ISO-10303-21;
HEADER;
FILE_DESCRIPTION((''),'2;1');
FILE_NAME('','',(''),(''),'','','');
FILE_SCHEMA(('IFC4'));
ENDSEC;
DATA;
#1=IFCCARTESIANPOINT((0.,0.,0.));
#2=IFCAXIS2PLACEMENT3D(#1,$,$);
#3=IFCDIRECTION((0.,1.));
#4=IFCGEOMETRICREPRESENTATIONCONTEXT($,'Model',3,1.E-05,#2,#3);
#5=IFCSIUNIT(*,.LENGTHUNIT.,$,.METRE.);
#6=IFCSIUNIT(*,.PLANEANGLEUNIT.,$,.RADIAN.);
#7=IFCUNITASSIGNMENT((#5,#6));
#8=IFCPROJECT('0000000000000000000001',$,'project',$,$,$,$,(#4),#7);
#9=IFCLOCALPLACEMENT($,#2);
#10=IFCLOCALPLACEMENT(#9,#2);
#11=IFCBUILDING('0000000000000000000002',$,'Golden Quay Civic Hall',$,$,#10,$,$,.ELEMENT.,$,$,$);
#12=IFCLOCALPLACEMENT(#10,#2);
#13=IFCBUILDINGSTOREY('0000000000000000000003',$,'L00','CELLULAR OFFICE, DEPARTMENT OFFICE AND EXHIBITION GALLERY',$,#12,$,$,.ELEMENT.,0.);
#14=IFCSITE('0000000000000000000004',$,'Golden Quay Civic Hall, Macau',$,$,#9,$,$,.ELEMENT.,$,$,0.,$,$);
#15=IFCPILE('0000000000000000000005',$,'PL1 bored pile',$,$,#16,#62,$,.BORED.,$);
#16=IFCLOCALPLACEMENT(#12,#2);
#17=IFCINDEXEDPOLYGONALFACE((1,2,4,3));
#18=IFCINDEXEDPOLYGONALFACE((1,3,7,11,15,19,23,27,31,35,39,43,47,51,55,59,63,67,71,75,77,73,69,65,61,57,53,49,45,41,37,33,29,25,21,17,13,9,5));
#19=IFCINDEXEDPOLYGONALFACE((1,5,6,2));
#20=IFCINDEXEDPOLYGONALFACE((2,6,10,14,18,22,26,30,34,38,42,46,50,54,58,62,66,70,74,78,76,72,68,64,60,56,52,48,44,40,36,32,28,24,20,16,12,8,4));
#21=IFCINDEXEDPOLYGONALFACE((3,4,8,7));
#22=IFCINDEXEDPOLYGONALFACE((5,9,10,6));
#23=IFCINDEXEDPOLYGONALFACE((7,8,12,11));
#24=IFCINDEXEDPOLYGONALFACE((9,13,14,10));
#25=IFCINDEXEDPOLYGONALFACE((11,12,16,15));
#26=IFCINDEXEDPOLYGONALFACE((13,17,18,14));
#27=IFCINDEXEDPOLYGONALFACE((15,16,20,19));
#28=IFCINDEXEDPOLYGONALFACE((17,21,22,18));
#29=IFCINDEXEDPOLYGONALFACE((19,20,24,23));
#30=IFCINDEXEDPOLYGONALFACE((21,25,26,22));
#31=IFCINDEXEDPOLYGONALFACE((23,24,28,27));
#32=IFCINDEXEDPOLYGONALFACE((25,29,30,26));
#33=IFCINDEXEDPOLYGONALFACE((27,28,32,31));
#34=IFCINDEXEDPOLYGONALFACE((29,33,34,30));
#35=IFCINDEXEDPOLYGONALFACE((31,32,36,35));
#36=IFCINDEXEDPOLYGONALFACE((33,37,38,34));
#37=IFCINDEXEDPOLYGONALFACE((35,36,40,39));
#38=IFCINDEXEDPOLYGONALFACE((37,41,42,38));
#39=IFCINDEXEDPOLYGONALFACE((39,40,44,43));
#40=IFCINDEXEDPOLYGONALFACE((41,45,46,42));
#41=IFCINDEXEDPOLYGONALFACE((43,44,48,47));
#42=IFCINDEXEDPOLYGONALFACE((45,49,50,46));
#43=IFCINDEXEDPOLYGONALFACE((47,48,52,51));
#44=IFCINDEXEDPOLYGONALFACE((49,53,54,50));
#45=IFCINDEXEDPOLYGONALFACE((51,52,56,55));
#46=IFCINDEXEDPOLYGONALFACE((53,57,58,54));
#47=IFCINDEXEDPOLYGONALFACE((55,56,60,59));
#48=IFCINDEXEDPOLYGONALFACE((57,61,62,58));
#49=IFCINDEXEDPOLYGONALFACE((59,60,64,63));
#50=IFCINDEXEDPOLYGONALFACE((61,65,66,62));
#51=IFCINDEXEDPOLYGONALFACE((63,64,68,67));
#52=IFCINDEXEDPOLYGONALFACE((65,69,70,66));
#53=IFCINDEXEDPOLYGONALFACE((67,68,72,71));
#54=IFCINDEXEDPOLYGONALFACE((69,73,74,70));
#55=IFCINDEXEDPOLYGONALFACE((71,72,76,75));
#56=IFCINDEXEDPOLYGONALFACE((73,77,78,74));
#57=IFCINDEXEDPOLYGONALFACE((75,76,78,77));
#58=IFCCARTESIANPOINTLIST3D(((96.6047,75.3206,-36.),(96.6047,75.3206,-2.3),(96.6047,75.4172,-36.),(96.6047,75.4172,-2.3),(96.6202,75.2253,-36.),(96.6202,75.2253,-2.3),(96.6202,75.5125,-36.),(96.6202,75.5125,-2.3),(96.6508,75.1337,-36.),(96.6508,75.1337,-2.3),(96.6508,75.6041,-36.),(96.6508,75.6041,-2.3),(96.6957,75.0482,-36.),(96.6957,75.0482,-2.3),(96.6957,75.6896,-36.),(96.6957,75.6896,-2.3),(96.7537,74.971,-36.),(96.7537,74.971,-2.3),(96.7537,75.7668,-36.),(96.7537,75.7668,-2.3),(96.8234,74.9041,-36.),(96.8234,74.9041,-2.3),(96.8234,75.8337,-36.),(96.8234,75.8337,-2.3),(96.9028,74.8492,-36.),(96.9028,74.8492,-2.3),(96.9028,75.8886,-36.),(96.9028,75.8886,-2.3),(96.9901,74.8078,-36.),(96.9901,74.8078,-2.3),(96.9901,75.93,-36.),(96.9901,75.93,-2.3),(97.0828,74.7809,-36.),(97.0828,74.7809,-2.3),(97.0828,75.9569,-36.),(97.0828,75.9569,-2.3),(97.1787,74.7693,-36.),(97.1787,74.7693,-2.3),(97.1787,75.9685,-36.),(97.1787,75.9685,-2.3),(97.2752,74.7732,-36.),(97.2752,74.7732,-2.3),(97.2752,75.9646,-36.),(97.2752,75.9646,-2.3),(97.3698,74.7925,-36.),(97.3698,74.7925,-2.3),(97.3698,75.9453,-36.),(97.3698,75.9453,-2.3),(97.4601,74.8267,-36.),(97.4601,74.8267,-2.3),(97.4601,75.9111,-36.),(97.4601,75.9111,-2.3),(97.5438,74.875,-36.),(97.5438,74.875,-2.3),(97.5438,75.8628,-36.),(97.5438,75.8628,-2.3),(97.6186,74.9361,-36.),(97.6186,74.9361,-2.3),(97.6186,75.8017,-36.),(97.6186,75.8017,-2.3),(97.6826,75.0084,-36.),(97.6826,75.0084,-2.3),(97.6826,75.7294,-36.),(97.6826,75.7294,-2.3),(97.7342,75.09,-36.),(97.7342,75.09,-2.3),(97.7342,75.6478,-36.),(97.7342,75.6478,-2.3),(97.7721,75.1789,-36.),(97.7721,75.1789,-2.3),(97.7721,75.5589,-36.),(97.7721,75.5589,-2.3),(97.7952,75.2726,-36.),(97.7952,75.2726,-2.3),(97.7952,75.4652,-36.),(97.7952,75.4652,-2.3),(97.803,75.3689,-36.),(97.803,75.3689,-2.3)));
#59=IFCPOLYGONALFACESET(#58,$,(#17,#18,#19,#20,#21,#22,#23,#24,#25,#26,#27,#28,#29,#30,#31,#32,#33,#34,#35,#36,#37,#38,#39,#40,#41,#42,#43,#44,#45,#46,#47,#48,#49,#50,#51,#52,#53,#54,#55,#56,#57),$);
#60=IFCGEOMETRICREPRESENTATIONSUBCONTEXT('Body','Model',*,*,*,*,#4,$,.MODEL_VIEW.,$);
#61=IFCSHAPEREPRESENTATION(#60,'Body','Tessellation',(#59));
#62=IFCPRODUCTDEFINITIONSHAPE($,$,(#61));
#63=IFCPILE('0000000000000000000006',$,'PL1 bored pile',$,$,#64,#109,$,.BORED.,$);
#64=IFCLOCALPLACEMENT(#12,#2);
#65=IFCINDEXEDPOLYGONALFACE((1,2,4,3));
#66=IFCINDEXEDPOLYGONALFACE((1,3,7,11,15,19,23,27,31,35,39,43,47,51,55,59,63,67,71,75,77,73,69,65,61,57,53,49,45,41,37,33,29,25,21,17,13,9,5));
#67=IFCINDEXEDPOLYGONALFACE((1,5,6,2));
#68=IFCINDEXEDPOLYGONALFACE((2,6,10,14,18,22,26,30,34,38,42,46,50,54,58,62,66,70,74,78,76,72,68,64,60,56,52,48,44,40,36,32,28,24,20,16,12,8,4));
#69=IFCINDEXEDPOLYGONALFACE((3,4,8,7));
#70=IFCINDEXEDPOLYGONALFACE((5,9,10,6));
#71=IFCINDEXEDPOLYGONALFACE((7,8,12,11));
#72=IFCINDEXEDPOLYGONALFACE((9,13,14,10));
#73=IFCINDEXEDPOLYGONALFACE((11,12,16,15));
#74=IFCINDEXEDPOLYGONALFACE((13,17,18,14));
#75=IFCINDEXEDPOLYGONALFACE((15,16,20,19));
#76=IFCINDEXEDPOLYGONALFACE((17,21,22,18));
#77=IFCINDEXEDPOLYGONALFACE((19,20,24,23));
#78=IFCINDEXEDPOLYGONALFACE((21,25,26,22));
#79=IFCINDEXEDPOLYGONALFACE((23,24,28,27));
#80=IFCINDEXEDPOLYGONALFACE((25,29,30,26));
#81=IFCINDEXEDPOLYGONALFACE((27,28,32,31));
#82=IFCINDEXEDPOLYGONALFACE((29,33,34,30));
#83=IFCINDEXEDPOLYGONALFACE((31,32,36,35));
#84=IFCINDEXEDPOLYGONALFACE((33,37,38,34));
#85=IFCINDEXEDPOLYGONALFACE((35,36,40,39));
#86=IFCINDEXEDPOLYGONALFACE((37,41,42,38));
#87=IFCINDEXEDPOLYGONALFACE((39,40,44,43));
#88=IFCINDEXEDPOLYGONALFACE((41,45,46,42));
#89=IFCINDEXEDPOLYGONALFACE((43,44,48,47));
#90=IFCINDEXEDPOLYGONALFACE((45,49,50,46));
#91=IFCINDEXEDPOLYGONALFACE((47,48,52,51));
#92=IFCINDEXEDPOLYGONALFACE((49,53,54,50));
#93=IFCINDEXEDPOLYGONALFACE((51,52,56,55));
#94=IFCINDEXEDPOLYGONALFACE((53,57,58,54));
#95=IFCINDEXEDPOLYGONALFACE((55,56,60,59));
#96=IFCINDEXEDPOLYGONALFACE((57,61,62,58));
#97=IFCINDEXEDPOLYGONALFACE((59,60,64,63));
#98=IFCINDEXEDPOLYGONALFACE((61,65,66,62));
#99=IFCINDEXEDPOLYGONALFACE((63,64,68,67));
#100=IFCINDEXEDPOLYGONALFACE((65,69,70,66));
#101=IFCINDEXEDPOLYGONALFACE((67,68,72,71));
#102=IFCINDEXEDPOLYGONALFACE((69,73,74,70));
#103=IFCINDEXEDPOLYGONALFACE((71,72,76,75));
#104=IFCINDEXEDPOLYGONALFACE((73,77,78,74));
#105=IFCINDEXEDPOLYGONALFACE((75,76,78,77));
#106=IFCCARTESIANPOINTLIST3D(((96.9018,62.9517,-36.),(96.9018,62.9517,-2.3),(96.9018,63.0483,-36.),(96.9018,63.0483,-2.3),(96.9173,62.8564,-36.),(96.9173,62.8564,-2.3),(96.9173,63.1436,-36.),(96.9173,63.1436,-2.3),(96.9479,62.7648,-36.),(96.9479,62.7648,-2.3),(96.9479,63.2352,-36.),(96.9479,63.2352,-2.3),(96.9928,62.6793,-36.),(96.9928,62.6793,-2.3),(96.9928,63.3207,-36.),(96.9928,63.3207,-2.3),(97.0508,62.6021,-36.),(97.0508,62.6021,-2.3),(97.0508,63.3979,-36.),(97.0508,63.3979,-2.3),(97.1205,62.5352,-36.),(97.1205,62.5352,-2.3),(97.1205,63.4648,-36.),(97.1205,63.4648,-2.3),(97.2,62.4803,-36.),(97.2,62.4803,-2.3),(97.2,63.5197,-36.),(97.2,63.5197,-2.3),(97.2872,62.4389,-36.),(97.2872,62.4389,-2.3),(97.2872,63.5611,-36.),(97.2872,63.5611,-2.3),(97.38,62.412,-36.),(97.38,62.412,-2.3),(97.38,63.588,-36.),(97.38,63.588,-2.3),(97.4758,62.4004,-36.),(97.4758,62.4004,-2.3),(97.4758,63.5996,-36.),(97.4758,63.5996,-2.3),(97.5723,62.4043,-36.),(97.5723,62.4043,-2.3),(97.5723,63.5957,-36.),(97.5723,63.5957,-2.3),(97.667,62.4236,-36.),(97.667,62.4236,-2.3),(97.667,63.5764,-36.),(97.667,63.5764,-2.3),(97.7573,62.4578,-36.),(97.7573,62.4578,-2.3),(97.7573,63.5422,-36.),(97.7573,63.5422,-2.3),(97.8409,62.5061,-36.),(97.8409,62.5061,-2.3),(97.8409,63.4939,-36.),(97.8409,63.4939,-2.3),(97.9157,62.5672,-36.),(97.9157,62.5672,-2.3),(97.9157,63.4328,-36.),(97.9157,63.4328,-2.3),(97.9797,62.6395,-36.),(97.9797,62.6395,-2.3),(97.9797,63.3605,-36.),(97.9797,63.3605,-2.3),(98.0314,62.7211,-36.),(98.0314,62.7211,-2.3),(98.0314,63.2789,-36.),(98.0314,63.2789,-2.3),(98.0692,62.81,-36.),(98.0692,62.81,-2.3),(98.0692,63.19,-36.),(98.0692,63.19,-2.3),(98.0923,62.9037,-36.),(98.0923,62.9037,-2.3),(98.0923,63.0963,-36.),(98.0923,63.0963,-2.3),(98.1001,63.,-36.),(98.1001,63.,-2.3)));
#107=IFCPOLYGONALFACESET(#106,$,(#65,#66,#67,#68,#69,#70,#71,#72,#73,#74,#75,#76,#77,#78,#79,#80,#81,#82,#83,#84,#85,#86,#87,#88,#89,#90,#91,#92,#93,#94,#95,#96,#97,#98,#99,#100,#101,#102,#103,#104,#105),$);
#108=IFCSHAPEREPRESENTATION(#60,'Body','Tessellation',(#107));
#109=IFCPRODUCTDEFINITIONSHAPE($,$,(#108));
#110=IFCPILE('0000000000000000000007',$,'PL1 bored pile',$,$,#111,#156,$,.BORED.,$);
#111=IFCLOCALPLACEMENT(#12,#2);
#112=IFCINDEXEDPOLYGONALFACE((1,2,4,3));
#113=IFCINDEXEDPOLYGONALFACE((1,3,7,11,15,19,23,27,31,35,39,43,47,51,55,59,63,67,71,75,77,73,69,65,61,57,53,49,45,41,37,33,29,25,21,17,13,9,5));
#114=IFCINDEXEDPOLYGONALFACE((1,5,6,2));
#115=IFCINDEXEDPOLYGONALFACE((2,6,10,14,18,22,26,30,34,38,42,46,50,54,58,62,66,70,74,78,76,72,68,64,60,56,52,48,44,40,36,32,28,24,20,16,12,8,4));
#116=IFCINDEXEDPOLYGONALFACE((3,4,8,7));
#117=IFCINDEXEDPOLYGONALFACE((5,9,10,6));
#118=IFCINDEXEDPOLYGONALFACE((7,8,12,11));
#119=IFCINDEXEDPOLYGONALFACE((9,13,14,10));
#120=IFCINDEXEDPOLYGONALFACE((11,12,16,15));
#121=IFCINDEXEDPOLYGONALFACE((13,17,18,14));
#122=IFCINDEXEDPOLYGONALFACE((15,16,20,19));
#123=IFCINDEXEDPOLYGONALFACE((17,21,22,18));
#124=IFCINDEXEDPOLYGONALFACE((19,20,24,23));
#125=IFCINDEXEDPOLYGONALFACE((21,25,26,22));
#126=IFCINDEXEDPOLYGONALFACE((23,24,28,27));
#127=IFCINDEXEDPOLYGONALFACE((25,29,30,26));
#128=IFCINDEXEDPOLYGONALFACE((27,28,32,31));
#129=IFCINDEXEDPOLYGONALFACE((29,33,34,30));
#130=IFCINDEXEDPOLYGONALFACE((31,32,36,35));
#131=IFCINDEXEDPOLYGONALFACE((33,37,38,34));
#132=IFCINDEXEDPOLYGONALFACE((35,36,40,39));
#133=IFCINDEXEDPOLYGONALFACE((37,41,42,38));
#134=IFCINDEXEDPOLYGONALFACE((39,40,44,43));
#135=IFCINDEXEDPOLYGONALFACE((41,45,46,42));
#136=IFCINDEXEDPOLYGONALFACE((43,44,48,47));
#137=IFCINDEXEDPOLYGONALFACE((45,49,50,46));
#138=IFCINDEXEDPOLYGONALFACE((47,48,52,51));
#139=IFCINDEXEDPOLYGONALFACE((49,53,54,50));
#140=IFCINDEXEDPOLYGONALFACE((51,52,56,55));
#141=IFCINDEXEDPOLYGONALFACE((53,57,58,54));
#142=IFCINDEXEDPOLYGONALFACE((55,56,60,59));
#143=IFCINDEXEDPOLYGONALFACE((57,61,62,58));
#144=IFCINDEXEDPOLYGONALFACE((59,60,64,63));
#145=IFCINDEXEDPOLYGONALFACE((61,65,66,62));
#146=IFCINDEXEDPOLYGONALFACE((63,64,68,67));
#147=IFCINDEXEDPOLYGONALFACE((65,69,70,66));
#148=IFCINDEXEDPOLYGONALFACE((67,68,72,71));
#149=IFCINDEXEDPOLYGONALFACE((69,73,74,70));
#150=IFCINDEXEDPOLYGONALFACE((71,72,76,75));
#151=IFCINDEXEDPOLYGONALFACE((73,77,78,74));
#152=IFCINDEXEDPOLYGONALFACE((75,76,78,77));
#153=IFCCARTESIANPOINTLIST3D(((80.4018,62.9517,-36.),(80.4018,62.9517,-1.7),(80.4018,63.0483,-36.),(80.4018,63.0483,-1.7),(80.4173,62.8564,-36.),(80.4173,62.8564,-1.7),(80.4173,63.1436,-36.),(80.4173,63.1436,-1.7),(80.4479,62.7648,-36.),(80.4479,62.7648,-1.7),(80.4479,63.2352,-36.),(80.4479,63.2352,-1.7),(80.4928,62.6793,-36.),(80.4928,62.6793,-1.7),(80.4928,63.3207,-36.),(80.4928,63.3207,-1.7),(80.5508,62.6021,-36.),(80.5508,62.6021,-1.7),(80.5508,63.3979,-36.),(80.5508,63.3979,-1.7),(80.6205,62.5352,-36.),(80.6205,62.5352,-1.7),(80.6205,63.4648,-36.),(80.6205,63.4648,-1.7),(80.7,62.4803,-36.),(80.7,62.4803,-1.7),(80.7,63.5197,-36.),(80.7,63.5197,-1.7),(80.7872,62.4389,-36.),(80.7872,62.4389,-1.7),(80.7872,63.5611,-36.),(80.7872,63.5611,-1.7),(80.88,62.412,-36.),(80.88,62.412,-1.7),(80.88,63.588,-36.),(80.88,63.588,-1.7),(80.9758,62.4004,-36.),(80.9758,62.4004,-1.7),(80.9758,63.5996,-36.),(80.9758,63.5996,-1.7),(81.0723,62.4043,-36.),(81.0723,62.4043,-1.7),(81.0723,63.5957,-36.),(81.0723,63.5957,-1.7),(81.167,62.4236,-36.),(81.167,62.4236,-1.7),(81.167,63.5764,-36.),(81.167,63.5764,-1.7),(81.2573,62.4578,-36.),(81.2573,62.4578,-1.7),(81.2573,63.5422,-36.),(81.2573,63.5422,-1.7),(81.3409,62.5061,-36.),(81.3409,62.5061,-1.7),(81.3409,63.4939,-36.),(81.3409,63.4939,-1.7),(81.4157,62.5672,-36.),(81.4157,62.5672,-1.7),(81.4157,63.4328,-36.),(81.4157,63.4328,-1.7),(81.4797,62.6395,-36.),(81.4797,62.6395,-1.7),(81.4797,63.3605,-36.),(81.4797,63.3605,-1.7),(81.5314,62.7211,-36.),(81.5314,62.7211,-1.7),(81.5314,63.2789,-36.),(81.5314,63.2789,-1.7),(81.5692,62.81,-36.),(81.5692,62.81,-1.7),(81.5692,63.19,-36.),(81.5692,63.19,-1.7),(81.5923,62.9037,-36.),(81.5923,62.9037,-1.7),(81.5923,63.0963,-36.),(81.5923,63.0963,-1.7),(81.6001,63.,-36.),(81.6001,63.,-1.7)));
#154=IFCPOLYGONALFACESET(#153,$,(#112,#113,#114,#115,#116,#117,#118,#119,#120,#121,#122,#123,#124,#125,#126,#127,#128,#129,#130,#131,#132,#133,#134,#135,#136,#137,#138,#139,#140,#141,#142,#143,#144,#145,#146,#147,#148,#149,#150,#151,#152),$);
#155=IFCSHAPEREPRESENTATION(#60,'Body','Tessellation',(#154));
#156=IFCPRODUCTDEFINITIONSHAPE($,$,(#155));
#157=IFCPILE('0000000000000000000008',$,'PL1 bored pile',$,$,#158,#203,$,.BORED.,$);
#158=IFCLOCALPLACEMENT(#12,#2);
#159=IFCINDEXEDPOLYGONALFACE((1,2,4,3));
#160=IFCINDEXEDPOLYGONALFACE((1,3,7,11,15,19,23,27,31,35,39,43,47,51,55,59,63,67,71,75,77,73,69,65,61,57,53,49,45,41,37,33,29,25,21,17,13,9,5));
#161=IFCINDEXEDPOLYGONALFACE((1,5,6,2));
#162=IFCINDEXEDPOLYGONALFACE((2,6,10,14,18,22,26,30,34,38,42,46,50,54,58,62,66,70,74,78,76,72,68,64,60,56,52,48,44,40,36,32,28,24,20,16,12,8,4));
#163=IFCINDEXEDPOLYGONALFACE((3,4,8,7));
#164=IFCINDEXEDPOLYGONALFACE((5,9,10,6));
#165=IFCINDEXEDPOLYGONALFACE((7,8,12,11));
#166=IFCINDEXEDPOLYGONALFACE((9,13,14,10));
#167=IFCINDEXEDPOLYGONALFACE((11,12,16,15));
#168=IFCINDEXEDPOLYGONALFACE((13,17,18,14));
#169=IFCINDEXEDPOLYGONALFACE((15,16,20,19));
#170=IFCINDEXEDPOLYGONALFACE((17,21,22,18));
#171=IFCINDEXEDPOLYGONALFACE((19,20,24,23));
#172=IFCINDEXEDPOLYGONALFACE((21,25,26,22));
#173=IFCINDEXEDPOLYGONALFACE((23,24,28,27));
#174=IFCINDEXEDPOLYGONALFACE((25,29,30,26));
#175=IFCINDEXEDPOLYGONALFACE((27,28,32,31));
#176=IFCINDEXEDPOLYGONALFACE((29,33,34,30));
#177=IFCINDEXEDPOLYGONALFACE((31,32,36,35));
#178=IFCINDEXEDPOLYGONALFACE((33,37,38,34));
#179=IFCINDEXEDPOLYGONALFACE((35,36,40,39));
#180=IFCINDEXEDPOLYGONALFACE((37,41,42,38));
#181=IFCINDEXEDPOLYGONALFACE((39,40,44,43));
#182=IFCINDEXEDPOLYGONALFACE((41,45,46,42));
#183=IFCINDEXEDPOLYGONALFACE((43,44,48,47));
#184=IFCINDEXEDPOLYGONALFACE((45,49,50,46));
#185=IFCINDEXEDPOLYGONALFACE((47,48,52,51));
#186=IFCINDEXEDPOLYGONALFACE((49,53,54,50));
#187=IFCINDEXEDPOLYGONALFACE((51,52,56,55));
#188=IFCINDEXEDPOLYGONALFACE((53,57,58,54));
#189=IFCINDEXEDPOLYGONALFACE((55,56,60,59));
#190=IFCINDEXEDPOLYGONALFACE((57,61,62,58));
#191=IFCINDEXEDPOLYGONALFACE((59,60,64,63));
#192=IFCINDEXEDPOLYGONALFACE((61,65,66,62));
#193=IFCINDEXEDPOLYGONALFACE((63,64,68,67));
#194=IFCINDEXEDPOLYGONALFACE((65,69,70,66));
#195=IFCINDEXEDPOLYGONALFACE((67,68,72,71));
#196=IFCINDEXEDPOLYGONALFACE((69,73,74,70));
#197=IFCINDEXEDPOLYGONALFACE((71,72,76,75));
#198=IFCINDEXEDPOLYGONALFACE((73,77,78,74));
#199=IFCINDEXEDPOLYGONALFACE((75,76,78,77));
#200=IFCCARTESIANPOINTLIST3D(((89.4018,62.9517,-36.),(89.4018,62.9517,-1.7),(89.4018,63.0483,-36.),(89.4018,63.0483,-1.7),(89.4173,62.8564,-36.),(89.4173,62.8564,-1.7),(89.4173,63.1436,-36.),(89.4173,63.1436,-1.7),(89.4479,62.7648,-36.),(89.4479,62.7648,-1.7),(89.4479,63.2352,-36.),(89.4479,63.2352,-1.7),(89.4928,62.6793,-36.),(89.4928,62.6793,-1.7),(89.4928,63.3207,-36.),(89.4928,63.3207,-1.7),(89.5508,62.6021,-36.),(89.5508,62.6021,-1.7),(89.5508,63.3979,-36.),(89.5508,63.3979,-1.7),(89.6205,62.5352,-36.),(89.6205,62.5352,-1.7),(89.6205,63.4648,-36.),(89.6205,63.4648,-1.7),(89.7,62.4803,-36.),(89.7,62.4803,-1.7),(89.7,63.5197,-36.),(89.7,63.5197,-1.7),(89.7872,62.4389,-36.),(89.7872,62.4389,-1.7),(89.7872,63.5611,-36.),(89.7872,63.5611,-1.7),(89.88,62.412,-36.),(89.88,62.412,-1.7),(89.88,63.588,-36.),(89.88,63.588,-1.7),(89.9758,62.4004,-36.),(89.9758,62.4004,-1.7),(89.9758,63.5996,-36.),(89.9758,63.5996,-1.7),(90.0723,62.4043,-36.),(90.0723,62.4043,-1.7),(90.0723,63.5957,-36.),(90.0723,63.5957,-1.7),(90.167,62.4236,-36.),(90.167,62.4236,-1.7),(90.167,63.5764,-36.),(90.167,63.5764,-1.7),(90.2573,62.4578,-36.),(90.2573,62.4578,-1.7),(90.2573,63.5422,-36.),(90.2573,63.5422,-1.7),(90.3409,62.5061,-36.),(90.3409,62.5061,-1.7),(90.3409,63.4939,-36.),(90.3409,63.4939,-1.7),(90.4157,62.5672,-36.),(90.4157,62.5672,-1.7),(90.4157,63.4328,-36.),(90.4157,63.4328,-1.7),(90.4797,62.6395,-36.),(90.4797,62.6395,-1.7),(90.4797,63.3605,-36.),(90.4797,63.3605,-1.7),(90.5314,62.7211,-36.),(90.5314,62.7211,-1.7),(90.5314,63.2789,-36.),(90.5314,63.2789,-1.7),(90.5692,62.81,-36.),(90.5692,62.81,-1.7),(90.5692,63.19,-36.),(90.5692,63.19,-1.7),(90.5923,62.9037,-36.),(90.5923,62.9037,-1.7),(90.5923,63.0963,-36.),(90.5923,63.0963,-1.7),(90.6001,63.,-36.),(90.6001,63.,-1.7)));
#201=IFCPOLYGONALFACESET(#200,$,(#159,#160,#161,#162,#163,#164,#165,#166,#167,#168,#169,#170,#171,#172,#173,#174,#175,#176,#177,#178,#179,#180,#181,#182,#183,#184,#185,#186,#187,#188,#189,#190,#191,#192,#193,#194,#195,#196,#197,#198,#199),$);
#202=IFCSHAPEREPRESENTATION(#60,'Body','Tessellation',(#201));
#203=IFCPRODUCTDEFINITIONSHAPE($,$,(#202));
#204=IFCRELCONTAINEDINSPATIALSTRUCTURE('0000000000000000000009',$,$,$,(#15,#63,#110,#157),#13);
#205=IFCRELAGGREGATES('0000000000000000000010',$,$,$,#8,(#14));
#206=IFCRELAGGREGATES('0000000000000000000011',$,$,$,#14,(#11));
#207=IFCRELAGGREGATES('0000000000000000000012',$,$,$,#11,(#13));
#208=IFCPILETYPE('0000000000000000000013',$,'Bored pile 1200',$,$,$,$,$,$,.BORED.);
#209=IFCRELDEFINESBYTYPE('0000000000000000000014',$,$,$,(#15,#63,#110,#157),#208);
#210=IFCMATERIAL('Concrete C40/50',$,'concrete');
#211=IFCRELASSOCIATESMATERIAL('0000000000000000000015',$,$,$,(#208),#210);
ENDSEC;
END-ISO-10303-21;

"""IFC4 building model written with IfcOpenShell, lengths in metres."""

from ifc_helpers import new_model, si_unit, direction, frame, origin, origin_2d, place, context, subcontext, project, spatial, circle, extrude, material, material_profile, profile_set, type_object, element, save


model = new_model("IFC4")

# Units and contexts
model_context = context("Model", 3, precision=1e-05, world=origin(), true_north=direction((0.0, 1.0)))
body_context = subcontext(model_context, "Body", "Model", "MODEL_VIEW")
ifc_project = project(units=[si_unit("LENGTHUNIT", "METRE"), si_unit("PLANEANGLEUNIT", "RADIAN")], contexts=[model_context])

# Site, building, storey
site_placement = place(None, origin())
site = spatial("IfcSite", under=ifc_project, at=site_placement, Name="Golden Quay Civic Hall, Macau", CompositionType="ELEMENT", RefElevation=0.0)
building_placement = place(site_placement, origin())
building = spatial("IfcBuilding", under=site, at=building_placement, Name="Golden Quay Civic Hall", CompositionType="ELEMENT")
storey_placement = place(building_placement, origin())
storey = spatial("IfcBuildingStorey", under=building, at=storey_placement, Name="L00", Description="CELLULAR OFFICE, DEPARTMENT OFFICE AND EXHIBITION GALLERY", CompositionType="ELEMENT", Elevation=0.0)

# Piles
ifc_material_1 = material(Name="Concrete C40/50", Category="concrete")
ifc_material_profile_1 = material_profile(ifc_material_1, circle(Radius=0.6001, at=origin_2d()), Name="RC D1200")
ifc_profile_set_1 = profile_set([ifc_material_profile_1], Name="Concrete C40/50")
pile_type = type_object("IfcPileType", Name="Bored pile 1200", PredefinedType="BORED", material=ifc_profile_set_1)
for number, where, z_axis, x_axis, name in (
    (1, (97.2029, 75.3689, -2.3), (0.0, 0.0, -1.0), (1.0, 0.0, 0.0), "PL1 bored pile"),
    (2, (97.5, 63.0, -2.3), (0.0, 0.0, -1.0), (1.0, 0.0, 0.0), "PL1 bored pile"),
):
    element("IfcPile", number, at=place(storey_placement, frame(where, z_axis=z_axis, x_axis=x_axis)), inside=storey, type_object=pile_type, Name=name, PredefinedType="BORED", context=body_context, shape_type="SweptSolid", body=[
        extrude(circle(Radius=0.6001, at=origin_2d()), origin(), (0.0, 0.0, 1.0), 33.7),
    ])
for number, where, z_axis, x_axis, name in (
    (3, (81.0, 63.0, -1.7), (0.0, 0.0, -1.0), (1.0, 0.0, 0.0), "PL1 bored pile"),
    (4, (90.0, 63.0, -1.7), (0.0, 0.0, -1.0), (1.0, 0.0, 0.0), "PL1 bored pile"),
):
    element("IfcPile", number, at=place(storey_placement, frame(where, z_axis=z_axis, x_axis=x_axis)), inside=storey, type_object=pile_type, Name=name, PredefinedType="BORED", context=body_context, shape_type="SweptSolid", body=[
        extrude(circle(Radius=0.6001, at=origin_2d()), origin(), (0.0, 0.0, 1.0), 34.3),
    ])

save(model, "model.ifc")
